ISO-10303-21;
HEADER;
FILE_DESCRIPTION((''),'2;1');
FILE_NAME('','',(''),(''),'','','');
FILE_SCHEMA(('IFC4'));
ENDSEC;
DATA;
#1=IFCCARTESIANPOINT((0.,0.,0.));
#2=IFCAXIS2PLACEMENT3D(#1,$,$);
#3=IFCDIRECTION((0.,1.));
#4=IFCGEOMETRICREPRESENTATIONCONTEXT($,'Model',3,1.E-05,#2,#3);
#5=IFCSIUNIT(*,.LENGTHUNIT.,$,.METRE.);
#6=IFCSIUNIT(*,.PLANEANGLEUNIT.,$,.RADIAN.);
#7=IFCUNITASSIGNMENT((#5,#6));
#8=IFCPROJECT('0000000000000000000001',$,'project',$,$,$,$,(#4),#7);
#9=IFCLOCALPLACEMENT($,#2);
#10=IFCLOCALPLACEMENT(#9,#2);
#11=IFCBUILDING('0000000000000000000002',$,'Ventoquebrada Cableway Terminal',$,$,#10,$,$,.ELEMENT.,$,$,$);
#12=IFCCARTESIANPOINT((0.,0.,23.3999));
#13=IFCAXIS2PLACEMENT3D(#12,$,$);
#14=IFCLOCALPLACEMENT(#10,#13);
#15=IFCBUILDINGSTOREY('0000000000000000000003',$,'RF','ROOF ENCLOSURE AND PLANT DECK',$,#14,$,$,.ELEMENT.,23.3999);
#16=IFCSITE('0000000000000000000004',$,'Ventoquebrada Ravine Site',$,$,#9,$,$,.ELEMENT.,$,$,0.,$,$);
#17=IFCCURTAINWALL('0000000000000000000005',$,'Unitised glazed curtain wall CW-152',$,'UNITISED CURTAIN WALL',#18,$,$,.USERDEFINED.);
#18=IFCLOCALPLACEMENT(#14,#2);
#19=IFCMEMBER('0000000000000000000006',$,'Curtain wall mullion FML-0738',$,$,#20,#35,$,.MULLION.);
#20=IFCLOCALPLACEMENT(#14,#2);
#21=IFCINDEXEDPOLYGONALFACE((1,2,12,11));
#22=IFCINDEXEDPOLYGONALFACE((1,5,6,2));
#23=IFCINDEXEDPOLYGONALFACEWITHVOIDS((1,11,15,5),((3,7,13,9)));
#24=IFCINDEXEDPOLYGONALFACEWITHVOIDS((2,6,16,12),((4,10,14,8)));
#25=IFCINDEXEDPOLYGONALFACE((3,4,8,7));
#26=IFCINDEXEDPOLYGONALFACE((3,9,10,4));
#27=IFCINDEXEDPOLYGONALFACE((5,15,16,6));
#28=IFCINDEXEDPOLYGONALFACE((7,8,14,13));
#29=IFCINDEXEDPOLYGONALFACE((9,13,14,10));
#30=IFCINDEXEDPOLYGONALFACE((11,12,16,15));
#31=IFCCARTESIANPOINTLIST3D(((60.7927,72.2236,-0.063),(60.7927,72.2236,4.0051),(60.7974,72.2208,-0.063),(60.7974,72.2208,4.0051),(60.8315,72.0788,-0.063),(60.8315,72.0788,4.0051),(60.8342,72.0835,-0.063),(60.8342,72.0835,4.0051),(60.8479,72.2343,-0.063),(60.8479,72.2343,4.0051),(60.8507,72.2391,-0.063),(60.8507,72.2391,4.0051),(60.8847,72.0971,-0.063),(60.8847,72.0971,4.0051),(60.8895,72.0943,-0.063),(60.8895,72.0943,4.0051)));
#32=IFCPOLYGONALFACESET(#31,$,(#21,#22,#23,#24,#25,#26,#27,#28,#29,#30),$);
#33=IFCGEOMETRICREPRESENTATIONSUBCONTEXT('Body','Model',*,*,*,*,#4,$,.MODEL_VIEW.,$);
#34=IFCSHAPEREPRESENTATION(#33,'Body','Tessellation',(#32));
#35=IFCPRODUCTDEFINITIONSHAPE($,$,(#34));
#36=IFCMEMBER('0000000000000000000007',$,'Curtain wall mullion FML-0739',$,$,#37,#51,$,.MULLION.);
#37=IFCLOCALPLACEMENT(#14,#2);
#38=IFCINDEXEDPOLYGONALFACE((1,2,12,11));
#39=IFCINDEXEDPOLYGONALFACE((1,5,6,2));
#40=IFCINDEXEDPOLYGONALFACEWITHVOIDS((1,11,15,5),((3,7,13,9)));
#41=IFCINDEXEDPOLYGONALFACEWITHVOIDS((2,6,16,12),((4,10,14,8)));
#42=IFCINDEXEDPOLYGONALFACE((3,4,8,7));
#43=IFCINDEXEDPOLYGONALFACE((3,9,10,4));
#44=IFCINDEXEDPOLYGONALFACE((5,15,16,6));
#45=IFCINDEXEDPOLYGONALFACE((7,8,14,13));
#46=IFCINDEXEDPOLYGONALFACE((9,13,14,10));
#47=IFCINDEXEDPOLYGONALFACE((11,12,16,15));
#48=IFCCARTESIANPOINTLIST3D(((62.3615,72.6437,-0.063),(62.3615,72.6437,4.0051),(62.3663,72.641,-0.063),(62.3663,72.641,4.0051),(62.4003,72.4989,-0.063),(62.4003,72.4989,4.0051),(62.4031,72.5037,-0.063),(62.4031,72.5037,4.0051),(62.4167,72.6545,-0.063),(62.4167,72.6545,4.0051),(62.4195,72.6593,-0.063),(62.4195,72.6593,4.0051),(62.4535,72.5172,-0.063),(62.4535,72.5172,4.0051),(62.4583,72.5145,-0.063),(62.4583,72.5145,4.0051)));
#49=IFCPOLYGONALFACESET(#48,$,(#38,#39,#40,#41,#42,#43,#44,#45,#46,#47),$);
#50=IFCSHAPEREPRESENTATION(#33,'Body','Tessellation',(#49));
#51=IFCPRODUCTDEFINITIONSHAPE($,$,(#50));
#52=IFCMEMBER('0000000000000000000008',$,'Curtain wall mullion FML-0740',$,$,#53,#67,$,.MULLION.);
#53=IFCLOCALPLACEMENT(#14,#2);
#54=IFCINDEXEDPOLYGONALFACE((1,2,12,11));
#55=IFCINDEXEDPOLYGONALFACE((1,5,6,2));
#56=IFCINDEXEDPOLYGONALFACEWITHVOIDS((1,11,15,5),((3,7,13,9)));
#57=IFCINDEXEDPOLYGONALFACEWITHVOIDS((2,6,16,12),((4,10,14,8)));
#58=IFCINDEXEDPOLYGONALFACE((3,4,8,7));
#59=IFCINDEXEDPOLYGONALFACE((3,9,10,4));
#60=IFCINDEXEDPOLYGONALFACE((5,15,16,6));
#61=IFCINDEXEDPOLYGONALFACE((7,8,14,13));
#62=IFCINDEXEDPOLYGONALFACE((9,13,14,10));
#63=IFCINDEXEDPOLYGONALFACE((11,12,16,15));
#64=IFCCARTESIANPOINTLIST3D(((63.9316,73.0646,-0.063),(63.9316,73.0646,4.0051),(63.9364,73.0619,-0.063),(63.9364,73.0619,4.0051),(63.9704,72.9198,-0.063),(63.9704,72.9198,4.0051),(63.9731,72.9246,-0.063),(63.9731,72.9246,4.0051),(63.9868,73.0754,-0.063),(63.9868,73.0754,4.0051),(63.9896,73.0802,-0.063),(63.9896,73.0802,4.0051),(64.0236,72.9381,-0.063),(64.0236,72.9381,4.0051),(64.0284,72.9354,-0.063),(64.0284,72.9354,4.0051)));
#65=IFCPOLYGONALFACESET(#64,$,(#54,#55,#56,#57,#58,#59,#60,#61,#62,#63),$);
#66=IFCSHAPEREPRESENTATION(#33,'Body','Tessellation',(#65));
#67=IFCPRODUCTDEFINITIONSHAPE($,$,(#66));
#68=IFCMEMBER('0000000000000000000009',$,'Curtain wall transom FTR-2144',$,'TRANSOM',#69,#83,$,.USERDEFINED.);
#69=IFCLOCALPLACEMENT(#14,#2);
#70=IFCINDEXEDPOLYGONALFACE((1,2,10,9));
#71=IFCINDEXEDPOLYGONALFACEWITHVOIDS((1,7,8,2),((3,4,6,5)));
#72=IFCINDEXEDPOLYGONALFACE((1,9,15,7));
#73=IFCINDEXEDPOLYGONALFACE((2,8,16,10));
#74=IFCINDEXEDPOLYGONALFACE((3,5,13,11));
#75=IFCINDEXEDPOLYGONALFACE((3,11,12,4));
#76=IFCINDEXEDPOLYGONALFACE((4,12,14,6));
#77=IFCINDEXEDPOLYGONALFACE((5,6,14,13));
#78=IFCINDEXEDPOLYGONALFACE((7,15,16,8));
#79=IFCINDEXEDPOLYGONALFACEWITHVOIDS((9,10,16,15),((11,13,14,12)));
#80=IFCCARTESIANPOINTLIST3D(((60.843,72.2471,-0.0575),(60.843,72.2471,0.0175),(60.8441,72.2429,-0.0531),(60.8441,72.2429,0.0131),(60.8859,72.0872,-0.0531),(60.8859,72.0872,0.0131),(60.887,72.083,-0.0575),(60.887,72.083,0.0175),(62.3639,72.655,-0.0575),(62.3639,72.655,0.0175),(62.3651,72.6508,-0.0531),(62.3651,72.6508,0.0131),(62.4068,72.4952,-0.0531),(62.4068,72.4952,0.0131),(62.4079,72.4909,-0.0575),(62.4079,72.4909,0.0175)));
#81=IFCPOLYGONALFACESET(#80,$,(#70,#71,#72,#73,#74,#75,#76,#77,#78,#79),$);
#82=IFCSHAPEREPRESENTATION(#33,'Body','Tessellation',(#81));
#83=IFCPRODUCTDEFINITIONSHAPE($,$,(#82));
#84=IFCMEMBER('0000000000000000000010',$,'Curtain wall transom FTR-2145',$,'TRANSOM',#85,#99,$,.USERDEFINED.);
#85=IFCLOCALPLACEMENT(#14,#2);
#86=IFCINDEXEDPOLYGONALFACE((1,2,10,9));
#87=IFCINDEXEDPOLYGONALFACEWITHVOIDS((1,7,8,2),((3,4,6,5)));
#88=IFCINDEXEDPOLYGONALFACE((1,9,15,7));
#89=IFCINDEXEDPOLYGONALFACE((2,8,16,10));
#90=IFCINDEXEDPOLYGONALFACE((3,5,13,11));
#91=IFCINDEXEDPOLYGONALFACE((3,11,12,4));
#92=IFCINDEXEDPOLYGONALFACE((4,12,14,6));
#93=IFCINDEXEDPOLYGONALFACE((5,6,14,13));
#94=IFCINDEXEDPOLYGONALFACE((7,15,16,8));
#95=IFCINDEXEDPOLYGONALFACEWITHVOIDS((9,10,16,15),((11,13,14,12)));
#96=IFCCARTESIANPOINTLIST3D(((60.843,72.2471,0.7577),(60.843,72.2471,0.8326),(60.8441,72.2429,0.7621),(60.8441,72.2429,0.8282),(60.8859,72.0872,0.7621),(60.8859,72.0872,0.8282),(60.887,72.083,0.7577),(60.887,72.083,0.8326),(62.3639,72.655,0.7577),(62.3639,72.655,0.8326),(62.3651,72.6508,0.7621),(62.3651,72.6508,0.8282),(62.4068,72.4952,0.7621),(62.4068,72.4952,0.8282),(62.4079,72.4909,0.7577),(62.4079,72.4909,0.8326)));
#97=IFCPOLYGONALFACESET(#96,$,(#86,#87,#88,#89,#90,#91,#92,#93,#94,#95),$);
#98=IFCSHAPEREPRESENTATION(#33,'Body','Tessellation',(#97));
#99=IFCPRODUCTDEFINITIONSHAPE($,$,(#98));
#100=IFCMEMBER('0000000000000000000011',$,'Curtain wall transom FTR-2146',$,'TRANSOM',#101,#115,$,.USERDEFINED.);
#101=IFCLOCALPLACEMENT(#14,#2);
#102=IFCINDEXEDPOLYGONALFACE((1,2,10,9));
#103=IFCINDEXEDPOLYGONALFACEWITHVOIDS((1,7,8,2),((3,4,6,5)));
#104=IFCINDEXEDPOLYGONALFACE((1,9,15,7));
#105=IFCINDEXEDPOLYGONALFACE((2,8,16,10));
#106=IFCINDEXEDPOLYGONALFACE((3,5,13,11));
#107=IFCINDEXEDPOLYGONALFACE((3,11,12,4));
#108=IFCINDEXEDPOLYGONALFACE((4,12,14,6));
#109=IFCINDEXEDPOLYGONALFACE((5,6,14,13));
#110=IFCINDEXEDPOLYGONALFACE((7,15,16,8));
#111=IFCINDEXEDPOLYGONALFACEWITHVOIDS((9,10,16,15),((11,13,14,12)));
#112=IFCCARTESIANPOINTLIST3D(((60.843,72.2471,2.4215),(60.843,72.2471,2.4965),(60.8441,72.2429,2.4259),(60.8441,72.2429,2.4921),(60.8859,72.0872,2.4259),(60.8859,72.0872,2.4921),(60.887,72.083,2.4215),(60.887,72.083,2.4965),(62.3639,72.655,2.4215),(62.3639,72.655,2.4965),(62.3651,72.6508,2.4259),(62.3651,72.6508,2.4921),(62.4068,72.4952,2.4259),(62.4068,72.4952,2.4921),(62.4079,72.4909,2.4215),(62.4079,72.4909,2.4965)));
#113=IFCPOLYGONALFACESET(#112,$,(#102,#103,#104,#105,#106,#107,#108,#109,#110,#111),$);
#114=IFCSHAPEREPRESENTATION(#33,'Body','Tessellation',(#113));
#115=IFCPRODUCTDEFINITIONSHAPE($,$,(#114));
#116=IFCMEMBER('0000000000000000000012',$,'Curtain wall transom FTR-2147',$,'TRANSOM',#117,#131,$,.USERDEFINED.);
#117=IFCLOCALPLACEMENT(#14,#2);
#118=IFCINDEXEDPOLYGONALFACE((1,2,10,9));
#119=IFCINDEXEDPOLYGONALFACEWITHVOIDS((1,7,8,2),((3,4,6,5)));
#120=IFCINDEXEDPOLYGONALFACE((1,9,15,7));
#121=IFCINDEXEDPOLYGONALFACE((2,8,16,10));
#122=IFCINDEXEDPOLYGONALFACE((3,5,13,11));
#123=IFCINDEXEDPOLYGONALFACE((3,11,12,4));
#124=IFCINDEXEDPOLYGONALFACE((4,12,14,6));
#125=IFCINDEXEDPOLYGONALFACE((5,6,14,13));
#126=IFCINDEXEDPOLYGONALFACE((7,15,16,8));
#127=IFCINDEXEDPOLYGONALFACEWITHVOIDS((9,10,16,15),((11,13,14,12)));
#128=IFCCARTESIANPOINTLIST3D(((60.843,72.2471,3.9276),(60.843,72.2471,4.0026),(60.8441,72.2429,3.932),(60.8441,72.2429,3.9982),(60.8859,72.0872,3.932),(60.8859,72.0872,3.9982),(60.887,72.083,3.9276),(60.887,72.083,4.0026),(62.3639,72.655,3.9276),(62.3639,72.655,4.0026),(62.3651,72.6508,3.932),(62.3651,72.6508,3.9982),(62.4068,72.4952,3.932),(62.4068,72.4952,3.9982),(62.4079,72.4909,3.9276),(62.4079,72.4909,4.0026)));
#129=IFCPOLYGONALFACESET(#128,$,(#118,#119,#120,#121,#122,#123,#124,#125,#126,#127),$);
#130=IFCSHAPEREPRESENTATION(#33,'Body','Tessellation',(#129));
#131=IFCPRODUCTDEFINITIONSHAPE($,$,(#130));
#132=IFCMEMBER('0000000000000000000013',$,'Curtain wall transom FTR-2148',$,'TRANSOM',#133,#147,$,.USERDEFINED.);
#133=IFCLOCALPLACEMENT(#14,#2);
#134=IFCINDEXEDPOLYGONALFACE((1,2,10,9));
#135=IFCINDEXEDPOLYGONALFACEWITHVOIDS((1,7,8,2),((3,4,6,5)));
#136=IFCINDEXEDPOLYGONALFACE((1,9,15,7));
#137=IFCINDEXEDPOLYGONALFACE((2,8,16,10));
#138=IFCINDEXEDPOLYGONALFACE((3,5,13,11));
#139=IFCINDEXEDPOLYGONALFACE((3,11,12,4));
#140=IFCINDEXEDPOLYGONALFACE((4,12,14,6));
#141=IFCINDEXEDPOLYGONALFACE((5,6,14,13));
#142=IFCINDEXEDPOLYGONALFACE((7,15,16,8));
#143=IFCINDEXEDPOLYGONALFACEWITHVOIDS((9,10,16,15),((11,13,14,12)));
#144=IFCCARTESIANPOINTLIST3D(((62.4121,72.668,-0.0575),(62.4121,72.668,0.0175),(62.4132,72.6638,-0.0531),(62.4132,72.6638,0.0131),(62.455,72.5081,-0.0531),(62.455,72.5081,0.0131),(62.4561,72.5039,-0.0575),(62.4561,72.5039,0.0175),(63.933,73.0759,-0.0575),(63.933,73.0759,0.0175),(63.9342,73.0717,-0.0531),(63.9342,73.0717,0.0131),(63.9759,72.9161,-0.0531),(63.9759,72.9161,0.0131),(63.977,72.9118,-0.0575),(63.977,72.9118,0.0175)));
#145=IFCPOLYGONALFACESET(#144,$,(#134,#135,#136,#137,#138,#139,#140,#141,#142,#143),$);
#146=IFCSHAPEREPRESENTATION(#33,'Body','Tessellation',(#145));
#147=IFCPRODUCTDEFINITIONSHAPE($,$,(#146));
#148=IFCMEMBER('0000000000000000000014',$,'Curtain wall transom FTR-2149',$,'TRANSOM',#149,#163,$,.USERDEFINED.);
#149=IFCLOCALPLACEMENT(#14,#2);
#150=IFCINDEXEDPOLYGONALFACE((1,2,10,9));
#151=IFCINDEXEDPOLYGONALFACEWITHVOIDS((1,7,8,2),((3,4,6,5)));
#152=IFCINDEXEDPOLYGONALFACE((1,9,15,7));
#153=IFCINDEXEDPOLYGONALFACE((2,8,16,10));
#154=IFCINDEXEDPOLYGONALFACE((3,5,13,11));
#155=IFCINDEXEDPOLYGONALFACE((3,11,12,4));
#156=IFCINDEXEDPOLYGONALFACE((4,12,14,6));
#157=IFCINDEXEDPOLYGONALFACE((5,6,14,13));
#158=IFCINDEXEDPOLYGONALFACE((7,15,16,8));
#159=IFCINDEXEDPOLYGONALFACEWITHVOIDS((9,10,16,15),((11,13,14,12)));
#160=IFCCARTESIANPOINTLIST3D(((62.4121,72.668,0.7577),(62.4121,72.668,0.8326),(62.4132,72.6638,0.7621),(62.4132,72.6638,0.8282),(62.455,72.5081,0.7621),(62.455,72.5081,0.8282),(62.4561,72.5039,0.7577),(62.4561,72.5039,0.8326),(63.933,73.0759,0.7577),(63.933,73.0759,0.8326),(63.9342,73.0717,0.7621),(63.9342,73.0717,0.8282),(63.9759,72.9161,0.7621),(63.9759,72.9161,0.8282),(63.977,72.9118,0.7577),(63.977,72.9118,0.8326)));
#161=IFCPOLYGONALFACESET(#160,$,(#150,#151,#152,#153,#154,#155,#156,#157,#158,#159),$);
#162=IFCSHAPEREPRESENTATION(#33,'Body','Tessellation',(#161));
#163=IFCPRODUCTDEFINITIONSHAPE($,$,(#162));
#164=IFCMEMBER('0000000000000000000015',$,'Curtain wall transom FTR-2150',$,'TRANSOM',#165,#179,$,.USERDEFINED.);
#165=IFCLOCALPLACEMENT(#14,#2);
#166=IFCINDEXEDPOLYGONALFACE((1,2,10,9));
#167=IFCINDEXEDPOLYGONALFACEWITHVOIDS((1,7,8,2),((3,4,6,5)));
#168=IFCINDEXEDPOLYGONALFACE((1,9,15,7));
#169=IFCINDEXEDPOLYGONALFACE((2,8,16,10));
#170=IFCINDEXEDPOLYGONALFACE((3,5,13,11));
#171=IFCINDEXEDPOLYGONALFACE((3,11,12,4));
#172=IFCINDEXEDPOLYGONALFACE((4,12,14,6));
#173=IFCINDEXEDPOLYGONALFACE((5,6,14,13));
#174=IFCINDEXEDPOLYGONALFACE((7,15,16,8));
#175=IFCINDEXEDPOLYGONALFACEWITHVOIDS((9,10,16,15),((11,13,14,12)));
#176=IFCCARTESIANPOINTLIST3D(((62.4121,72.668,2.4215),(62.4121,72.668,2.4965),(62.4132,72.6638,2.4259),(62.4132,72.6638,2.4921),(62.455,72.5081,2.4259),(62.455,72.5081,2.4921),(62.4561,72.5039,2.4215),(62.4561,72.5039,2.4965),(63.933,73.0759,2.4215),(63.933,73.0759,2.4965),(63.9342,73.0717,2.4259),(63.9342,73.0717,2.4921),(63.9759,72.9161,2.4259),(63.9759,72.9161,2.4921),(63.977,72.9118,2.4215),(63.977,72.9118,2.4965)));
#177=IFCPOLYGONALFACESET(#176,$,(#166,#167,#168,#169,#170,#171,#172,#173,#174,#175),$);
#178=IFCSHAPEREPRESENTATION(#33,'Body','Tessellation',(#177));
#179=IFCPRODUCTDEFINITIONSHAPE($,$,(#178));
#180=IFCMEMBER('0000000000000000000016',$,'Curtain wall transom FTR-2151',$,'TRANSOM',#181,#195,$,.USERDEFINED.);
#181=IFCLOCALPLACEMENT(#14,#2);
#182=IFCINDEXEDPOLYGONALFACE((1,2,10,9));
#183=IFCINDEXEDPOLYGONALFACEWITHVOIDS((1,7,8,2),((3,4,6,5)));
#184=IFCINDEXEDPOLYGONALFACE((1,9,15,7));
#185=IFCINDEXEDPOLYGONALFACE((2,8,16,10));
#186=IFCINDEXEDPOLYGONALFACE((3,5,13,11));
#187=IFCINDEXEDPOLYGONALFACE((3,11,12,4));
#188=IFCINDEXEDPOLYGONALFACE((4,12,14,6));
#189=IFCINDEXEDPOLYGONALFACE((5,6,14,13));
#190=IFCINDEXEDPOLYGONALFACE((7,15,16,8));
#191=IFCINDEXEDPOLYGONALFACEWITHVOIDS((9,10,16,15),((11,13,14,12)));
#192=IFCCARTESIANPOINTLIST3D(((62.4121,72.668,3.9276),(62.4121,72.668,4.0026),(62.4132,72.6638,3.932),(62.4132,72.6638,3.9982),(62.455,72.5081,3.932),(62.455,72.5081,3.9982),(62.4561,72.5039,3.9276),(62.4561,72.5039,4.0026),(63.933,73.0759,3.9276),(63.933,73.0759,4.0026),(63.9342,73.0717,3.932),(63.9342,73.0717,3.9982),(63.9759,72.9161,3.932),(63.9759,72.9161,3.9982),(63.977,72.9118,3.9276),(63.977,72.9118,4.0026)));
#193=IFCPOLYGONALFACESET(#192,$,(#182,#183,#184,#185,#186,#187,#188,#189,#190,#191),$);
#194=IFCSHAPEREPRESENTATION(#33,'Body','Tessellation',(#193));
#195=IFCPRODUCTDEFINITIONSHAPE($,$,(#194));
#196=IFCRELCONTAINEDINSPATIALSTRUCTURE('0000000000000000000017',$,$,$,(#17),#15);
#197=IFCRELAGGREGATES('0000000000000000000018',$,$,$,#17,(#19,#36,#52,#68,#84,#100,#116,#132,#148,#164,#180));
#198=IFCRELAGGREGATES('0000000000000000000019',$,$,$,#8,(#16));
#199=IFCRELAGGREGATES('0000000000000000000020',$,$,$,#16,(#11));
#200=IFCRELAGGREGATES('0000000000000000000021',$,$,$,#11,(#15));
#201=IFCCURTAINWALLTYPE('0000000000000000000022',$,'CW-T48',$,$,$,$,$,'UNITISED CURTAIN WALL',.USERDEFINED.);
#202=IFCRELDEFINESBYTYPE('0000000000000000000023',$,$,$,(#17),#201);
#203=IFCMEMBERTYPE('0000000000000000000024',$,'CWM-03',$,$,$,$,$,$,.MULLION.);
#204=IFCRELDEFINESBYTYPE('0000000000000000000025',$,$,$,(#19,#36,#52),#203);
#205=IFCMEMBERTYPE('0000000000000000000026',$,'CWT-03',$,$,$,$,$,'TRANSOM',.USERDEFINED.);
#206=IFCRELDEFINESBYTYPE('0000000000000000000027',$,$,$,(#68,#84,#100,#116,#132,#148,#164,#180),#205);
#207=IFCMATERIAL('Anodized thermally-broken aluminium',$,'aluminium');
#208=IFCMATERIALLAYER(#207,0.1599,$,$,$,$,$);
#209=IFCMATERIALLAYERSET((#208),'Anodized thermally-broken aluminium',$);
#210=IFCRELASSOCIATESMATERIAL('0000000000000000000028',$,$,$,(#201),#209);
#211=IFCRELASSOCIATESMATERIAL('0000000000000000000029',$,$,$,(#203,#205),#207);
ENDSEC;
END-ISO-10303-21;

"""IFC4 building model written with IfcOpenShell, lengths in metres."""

from ifc_helpers import new_model, si_unit, direction, frame, origin, origin_2d, place, context, subcontext, project, spatial, hollow_rectangle, extrude, material, layer, layer_set, material_profile, profile_set, type_object, element, aggregate, save


model = new_model("IFC4")

# Units and contexts
model_context = context("Model", 3, precision=1e-05, world=origin(), true_north=direction((0.0, 1.0)))
body_context = subcontext(model_context, "Body", "Model", "MODEL_VIEW")
ifc_project = project(units=[si_unit("LENGTHUNIT", "METRE"), si_unit("PLANEANGLEUNIT", "RADIAN")], contexts=[model_context])

# Site, building, storey
site_placement = place(None, origin())
site = spatial("IfcSite", under=ifc_project, at=site_placement, Name="Ventoquebrada Ravine Site", CompositionType="ELEMENT", RefElevation=0.0)
building_placement = place(site_placement, origin())
building = spatial("IfcBuilding", under=site, at=building_placement, Name="Ventoquebrada Cableway Terminal", CompositionType="ELEMENT")
storey_placement = place(building_placement, frame((0.0, 0.0, 23.3999)))
storey = spatial("IfcBuildingStorey", under=building, at=storey_placement, Name="RF", Description="ROOF ENCLOSURE AND PLANT DECK", CompositionType="ELEMENT", Elevation=23.3999)

# Curtain wall, members
ifc_material_1 = material(Name="Anodized thermally-broken aluminium", Category="aluminium")
ifc_layer_1 = layer(ifc_material_1, 0.1599)
ifc_layer_set_1 = layer_set([ifc_layer_1], Name="Anodized thermally-broken aluminium")
curtain_wall_type = type_object("IfcCurtainWallType", Name="CW-T48", ElementType="UNITISED CURTAIN WALL", PredefinedType="USERDEFINED", material=ifc_layer_set_1)
curtain_wall_placement = place(storey_placement, origin())
curtain_wall = element("IfcCurtainWall", 1, at=curtain_wall_placement, inside=storey, type_object=curtain_wall_type, Name="Unitised glazed curtain wall CW-152", ObjectType="UNITISED CURTAIN WALL", PredefinedType="USERDEFINED")
ifc_material_profile_1 = material_profile(ifc_material_1, hollow_rectangle(XDim=0.0601, YDim=0.1499, WallThickness=0.0039, at=origin_2d()), Name="CW-MUL-60X150")
ifc_profile_set_1 = profile_set([ifc_material_profile_1], Name="Anodized thermally-broken aluminium")
member_type_1 = type_object("IfcMemberType", Name="CWM-03", PredefinedType="MULLION", material=ifc_profile_set_1)
member_1_placement = place(storey_placement, frame((60.8411, 72.1589, -0.063), z_axis=(0.0, 0.0, 1.0), x_axis=(0.965894, 0.258937, 0.0)))
member_1 = element("IfcMember", 2, at=member_1_placement, type_object=member_type_1, Name="Curtain wall mullion FML-0738", PredefinedType="MULLION", context=body_context, shape_type="SweptSolid", body=[
    extrude(hollow_rectangle(XDim=0.0601, YDim=0.1499, WallThickness=0.0039, at=origin_2d()), origin(), (0.0, 0.0, 1.0), 4.0681),
])
member_2_placement = place(storey_placement, frame((62.4099, 72.5791, -0.063), z_axis=(0.0, 0.0, 1.0), x_axis=(0.965894, 0.258937, 0.0)))
member_2 = element("IfcMember", 3, at=member_2_placement, type_object=member_type_1, Name="Curtain wall mullion FML-0739", PredefinedType="MULLION", context=body_context, shape_type="SweptSolid", body=[
    extrude(hollow_rectangle(XDim=0.0601, YDim=0.1499, WallThickness=0.0039, at=origin_2d()), origin(), (0.0, 0.0, 1.0), 4.0681),
])
member_3_placement = place(storey_placement, frame((63.98, 73.0, -0.063), z_axis=(0.0, 0.0, 1.0), x_axis=(0.965894, 0.258937, 0.0)))
member_3 = element("IfcMember", 4, at=member_3_placement, type_object=member_type_1, Name="Curtain wall mullion FML-0740", PredefinedType="MULLION", context=body_context, shape_type="SweptSolid", body=[
    extrude(hollow_rectangle(XDim=0.0601, YDim=0.1499, WallThickness=0.0039, at=origin_2d()), origin(), (0.0, 0.0, 1.0), 4.0681),
])
ifc_material_profile_2 = material_profile(ifc_material_1, hollow_rectangle(XDim=0.075, YDim=0.1699, WallThickness=0.0044, at=origin_2d()), Name="CW-TRN-75X170")
ifc_profile_set_2 = profile_set([ifc_material_profile_2], Name="Anodized thermally-broken aluminium")
member_type_2 = type_object("IfcMemberType", Name="CWT-03", ElementType="TRANSOM", PredefinedType="USERDEFINED", material=ifc_profile_set_2)
member_4_placement = place(storey_placement, frame((60.865, 72.165, -0.02), z_axis=(0.965861, 0.259062, 0.0), x_axis=(0.0, 0.0, 1.0)))
member_4 = element("IfcMember", 5, at=member_4_placement, type_object=member_type_2, Name="Curtain wall transom FTR-2144", ObjectType="TRANSOM", PredefinedType="USERDEFINED", context=body_context, shape_type="SweptSolid", body=[
    extrude(hollow_rectangle(XDim=0.075, YDim=0.1699, WallThickness=0.0044, at=origin_2d()), origin(), (0.0, 0.0, 1.0), 1.5747),
])
member_5_placement = place(storey_placement, frame((60.865, 72.165, 0.7952), z_axis=(0.965861, 0.259062, 0.0), x_axis=(0.0, 0.0, 1.0)))
member_5 = element("IfcMember", 6, at=member_5_placement, type_object=member_type_2, Name="Curtain wall transom FTR-2145", ObjectType="TRANSOM", PredefinedType="USERDEFINED", context=body_context, shape_type="SweptSolid", body=[
    extrude(hollow_rectangle(XDim=0.075, YDim=0.1699, WallThickness=0.0044, at=origin_2d()), origin(), (0.0, 0.0, 1.0), 1.5747),
])
member_6_placement = place(storey_placement, frame((60.865, 72.165, 2.459), z_axis=(0.965861, 0.259062, 0.0), x_axis=(0.0, 0.0, 1.0)))
member_6 = element("IfcMember", 7, at=member_6_placement, type_object=member_type_2, Name="Curtain wall transom FTR-2146", ObjectType="TRANSOM", PredefinedType="USERDEFINED", context=body_context, shape_type="SweptSolid", body=[
    extrude(hollow_rectangle(XDim=0.075, YDim=0.1699, WallThickness=0.0044, at=origin_2d()), origin(), (0.0, 0.0, 1.0), 1.5747),
])
member_7_placement = place(storey_placement, frame((60.865, 72.165, 3.9651), z_axis=(0.965861, 0.259062, 0.0), x_axis=(0.0, 0.0, 1.0)))
member_7 = element("IfcMember", 8, at=member_7_placement, type_object=member_type_2, Name="Curtain wall transom FTR-2147", ObjectType="TRANSOM", PredefinedType="USERDEFINED", context=body_context, shape_type="SweptSolid", body=[
    extrude(hollow_rectangle(XDim=0.075, YDim=0.1699, WallThickness=0.0044, at=origin_2d()), origin(), (0.0, 0.0, 1.0), 1.5747),
])
member_8_placement = place(storey_placement, frame((62.4341, 72.5859, -0.02), z_axis=(0.965861, 0.259062, 0.0), x_axis=(0.0, 0.0, 1.0)))
member_8 = element("IfcMember", 9, at=member_8_placement, type_object=member_type_2, Name="Curtain wall transom FTR-2148", ObjectType="TRANSOM", PredefinedType="USERDEFINED", context=body_context, shape_type="SweptSolid", body=[
    extrude(hollow_rectangle(XDim=0.075, YDim=0.1699, WallThickness=0.0044, at=origin_2d()), origin(), (0.0, 0.0, 1.0), 1.5747),
])
member_9_placement = place(storey_placement, frame((62.4341, 72.5859, 0.7952), z_axis=(0.965861, 0.259062, 0.0), x_axis=(0.0, 0.0, 1.0)))
member_9 = element("IfcMember", 10, at=member_9_placement, type_object=member_type_2, Name="Curtain wall transom FTR-2149", ObjectType="TRANSOM", PredefinedType="USERDEFINED", context=body_context, shape_type="SweptSolid", body=[
    extrude(hollow_rectangle(XDim=0.075, YDim=0.1699, WallThickness=0.0044, at=origin_2d()), origin(), (0.0, 0.0, 1.0), 1.5747),
])
member_10_placement = place(storey_placement, frame((62.4341, 72.5859, 2.459), z_axis=(0.965861, 0.259062, 0.0), x_axis=(0.0, 0.0, 1.0)))
member_10 = element("IfcMember", 11, at=member_10_placement, type_object=member_type_2, Name="Curtain wall transom FTR-2150", ObjectType="TRANSOM", PredefinedType="USERDEFINED", context=body_context, shape_type="SweptSolid", body=[
    extrude(hollow_rectangle(XDim=0.075, YDim=0.1699, WallThickness=0.0044, at=origin_2d()), origin(), (0.0, 0.0, 1.0), 1.5747),
])
member_11_placement = place(storey_placement, frame((62.4341, 72.5859, 3.9651), z_axis=(0.965861, 0.259062, 0.0), x_axis=(0.0, 0.0, 1.0)))
member_11 = element("IfcMember", 12, at=member_11_placement, type_object=member_type_2, Name="Curtain wall transom FTR-2151", ObjectType="TRANSOM", PredefinedType="USERDEFINED", context=body_context, shape_type="SweptSolid", body=[
    extrude(hollow_rectangle(XDim=0.075, YDim=0.1699, WallThickness=0.0044, at=origin_2d()), origin(), (0.0, 0.0, 1.0), 1.5747),
])

aggregate(curtain_wall, [member_1, member_2, member_3, member_4, member_5, member_6, member_7, member_8, member_9, member_10, member_11])

save(model, "model.ifc")
